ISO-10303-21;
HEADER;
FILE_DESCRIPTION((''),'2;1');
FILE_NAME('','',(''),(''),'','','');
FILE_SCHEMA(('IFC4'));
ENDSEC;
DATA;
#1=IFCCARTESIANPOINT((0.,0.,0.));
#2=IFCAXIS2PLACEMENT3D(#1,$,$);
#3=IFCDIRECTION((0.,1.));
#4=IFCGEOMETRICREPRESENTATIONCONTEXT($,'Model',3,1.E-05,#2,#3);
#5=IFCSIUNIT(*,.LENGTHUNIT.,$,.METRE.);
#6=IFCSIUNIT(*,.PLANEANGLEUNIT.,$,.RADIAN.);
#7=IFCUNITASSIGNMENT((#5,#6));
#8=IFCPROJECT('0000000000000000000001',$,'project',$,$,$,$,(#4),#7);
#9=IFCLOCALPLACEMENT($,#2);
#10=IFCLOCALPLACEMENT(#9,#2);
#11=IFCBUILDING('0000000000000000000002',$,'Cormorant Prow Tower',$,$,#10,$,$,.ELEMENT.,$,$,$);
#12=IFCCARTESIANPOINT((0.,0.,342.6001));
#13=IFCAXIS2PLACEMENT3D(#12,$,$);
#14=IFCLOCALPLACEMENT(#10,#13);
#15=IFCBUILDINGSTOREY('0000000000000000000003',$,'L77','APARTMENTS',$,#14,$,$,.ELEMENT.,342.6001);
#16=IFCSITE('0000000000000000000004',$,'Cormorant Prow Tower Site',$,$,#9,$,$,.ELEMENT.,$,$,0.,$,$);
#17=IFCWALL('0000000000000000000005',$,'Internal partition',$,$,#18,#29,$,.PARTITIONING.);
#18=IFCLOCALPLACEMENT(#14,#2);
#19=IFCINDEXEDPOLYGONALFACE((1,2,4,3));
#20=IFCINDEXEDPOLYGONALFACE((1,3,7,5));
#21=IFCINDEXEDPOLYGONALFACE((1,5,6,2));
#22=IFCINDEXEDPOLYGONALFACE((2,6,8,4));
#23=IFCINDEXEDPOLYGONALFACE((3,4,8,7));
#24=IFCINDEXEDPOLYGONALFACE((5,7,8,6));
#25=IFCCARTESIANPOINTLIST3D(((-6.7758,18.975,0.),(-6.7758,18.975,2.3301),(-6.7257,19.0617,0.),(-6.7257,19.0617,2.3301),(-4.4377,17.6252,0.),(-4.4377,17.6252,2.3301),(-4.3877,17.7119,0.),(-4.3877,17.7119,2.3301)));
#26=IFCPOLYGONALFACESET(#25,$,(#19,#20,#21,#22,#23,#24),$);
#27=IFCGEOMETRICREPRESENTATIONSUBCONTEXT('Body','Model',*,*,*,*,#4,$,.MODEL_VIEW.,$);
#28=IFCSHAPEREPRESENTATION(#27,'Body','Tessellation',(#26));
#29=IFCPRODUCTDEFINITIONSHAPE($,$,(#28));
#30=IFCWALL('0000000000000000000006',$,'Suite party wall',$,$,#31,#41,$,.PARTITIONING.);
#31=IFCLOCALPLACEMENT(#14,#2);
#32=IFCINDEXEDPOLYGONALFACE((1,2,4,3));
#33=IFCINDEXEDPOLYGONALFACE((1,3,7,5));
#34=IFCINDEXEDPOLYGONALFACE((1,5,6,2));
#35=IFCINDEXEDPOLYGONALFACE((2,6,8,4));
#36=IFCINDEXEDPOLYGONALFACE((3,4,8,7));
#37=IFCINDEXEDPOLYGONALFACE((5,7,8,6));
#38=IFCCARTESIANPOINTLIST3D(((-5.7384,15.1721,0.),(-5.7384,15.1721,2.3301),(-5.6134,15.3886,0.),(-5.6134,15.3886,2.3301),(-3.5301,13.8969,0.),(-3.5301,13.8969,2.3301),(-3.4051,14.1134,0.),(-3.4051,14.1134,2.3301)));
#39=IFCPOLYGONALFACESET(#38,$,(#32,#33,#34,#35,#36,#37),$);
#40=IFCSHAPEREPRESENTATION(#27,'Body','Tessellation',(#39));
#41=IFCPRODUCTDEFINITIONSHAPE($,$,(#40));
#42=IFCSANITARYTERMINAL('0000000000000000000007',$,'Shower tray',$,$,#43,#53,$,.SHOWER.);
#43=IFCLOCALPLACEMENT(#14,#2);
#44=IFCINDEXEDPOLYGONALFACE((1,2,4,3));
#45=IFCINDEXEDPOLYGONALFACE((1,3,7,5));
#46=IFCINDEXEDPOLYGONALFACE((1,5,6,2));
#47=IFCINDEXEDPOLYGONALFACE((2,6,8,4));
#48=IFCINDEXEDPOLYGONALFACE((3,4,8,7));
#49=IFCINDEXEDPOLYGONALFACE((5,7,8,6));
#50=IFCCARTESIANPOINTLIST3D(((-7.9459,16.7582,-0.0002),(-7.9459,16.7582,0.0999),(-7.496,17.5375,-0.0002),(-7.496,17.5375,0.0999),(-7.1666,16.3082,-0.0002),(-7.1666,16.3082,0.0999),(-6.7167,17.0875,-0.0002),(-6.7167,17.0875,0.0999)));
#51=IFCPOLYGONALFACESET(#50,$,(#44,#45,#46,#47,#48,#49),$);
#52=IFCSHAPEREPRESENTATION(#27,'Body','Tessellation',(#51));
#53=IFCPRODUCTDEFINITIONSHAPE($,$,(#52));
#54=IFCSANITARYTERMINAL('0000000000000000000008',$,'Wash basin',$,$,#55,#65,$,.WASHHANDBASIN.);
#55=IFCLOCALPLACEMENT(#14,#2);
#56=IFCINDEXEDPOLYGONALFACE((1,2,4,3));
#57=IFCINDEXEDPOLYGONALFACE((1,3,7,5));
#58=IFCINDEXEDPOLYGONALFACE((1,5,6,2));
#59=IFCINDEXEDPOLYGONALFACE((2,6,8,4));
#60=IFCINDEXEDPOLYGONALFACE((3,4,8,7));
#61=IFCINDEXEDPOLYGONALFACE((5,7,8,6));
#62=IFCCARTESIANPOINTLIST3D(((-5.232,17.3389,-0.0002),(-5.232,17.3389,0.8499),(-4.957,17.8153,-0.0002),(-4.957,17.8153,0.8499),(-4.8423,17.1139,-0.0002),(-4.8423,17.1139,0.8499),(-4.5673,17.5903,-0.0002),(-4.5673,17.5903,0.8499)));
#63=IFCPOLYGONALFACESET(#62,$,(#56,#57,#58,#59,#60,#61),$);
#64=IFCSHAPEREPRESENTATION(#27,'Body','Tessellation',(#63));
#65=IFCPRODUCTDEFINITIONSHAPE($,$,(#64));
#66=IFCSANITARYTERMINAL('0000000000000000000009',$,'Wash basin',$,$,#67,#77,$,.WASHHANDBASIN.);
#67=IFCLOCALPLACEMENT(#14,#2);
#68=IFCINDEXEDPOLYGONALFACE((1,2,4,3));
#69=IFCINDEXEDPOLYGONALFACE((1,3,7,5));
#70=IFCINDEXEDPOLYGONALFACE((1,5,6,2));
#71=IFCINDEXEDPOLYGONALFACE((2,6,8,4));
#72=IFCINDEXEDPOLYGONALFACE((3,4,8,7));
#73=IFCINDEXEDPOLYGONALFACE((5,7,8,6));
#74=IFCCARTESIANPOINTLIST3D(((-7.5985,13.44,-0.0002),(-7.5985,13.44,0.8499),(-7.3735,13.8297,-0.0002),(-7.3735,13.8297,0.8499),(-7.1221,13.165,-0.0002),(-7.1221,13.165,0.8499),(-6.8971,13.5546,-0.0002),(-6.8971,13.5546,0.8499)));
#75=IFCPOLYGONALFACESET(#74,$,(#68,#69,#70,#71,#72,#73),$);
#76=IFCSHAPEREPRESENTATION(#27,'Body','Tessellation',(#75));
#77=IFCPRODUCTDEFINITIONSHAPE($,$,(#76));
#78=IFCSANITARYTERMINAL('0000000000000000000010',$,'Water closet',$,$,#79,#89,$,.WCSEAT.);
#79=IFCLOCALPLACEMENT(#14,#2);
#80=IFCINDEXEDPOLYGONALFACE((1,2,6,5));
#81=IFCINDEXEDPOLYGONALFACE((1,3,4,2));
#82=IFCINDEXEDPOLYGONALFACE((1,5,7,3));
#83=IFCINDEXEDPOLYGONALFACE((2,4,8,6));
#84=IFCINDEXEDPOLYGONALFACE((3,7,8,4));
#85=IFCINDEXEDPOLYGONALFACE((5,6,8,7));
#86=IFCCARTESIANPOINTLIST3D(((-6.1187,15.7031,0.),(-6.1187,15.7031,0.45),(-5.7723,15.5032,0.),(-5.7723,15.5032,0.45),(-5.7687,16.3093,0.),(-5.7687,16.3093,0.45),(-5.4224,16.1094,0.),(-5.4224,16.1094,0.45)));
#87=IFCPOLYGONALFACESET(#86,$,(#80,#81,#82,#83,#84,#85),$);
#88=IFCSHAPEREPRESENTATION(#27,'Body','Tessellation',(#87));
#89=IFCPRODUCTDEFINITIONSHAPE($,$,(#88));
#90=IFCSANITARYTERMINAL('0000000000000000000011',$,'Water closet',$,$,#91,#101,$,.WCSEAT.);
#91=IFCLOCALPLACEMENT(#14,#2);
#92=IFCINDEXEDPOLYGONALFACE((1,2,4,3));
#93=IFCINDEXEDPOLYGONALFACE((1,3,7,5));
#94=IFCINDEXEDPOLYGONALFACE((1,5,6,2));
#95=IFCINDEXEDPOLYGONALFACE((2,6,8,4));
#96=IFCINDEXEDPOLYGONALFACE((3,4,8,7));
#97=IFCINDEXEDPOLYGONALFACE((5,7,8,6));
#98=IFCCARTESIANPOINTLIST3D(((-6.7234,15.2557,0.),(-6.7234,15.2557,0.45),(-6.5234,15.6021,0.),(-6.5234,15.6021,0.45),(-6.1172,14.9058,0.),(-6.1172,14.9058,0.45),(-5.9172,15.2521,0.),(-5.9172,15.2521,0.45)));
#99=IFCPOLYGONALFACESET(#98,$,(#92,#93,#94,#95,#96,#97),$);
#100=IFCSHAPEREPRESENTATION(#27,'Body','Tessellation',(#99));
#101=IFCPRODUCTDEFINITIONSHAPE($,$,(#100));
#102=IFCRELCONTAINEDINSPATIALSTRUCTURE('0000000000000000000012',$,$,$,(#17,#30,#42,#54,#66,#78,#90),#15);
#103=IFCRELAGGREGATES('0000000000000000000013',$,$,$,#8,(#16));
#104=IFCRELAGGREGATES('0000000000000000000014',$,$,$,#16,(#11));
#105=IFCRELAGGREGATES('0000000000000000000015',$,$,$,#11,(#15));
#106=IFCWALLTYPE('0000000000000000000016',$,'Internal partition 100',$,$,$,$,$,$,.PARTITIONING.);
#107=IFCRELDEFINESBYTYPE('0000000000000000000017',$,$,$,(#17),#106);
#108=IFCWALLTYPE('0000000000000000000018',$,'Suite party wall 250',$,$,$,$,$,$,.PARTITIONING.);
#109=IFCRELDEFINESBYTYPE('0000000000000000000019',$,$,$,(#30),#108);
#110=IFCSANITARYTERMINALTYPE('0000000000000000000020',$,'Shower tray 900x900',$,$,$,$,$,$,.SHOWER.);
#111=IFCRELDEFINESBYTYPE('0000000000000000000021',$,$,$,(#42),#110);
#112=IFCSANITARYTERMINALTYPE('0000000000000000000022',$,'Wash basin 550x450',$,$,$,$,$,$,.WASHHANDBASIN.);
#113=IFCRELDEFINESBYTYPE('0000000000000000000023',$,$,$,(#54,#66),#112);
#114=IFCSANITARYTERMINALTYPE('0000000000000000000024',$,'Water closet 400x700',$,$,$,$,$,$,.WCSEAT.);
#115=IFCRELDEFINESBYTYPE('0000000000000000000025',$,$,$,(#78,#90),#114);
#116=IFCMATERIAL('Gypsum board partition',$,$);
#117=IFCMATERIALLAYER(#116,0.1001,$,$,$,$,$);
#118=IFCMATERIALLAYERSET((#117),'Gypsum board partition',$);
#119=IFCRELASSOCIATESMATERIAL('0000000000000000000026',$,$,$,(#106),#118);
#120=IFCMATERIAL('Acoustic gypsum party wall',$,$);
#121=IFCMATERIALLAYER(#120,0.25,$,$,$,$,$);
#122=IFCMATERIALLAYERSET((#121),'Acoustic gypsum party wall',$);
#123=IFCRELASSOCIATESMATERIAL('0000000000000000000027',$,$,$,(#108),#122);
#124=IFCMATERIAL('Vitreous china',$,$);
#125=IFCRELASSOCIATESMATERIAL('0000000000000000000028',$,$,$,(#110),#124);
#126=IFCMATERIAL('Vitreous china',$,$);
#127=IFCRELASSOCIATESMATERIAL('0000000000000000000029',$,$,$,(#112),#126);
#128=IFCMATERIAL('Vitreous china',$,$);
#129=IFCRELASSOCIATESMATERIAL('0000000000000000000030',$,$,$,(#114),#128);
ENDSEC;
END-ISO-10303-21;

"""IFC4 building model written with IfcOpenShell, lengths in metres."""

from ifc_helpers import new_model, si_unit, direction, frame, frame_2d, origin, origin_2d, place, context, subcontext, project, spatial, rectangle, extrude, material, layer, layer_set, type_object, element, save


model = new_model("IFC4")

# Units and contexts
model_context = context("Model", 3, precision=1e-05, world=origin(), true_north=direction((0.0, 1.0)))
body_context = subcontext(model_context, "Body", "Model", "MODEL_VIEW")
ifc_project = project(units=[si_unit("LENGTHUNIT", "METRE"), si_unit("PLANEANGLEUNIT", "RADIAN")], contexts=[model_context])

# Site, building, storey
site_placement = place(None, origin())
site = spatial("IfcSite", under=ifc_project, at=site_placement, Name="Cormorant Prow Tower Site", CompositionType="ELEMENT", RefElevation=0.0)
building_placement = place(site_placement, origin())
building = spatial("IfcBuilding", under=site, at=building_placement, Name="Cormorant Prow Tower", CompositionType="ELEMENT")
storey_placement = place(building_placement, frame((0.0, 0.0, 342.6001)))
storey = spatial("IfcBuildingStorey", under=building, at=storey_placement, Name="L77", Description="APARTMENTS", CompositionType="ELEMENT", Elevation=342.6001)

# Walls
ifc_material_1 = material(Name="Gypsum board partition")
ifc_layer_1 = layer(ifc_material_1, 0.1001)
ifc_layer_set_1 = layer_set([ifc_layer_1], Name="Gypsum board partition")
wall_type_1 = type_object("IfcWallType", Name="Internal partition 100", PredefinedType="PARTITIONING", material=ifc_layer_set_1)
wall_1_placement = place(storey_placement, frame((-6.7507, 19.0183, 0.0), z_axis=(0.0, 0.0, 1.0), x_axis=(0.866037, -0.499981, 0.0)))
element("IfcWall", 1, at=wall_1_placement, inside=storey, type_object=wall_type_1, Name="Internal partition", PredefinedType="PARTITIONING", context=body_context, shape_type="SweptSolid", body=[
    extrude(rectangle(XDim=2.6997, YDim=0.1001, at=frame_2d((1.3499, 0.0))), origin(), (0.0, 0.0, 1.0), 2.3301),
])
ifc_material_2 = material(Name="Acoustic gypsum party wall")
ifc_layer_2 = layer(ifc_material_2, 0.25)
ifc_layer_set_2 = layer_set([ifc_layer_2], Name="Acoustic gypsum party wall")
wall_type_2 = type_object("IfcWallType", Name="Suite party wall 250", PredefinedType="PARTITIONING", material=ifc_layer_set_2)
wall_2_placement = place(storey_placement, frame((-5.6758, 15.2803, 0.0), z_axis=(0.0, 0.0, 1.0), x_axis=(0.865989, -0.500062, 0.0)))
element("IfcWall", 2, at=wall_2_placement, inside=storey, type_object=wall_type_2, Name="Suite party wall", PredefinedType="PARTITIONING", context=body_context, shape_type="SweptSolid", body=[
    extrude(rectangle(XDim=2.55, YDim=0.25, at=frame_2d((1.2749, 0.0))), origin(), (0.0, 0.0, 1.0), 2.3301),
])

# Sanitary terminals
ifc_material_3 = material(Name="Vitreous china")
sanitary_terminal_type_1 = type_object("IfcSanitaryTerminalType", Name="Shower tray 900x900", PredefinedType="SHOWER", material=ifc_material_3)
sanitary_terminal_placement = place(storey_placement, frame((-7.3313, 16.9229, -0.0002), z_axis=(0.0, 0.0, 1.0), x_axis=(0.5, 0.866025, 0.0)))
element("IfcSanitaryTerminal", 3, at=sanitary_terminal_placement, inside=storey, type_object=sanitary_terminal_type_1, Name="Shower tray", PredefinedType="SHOWER", context=body_context, shape_type="SweptSolid", body=[
    extrude(rectangle(XDim=0.8999, YDim=0.8999, at=origin_2d()), origin(), (0.0, 0.0, 1.0), 0.1001),
])
ifc_material_4 = material(Name="Vitreous china")
sanitary_terminal_type_2 = type_object("IfcSanitaryTerminalType", Name="Wash basin 550x450", PredefinedType="WASHHANDBASIN", material=ifc_material_4)
for number, where, z_axis, x_axis, name in (
    (4, (-4.8997, 17.4646, -0.0002), (0.0, 0.0, 1.0), (-0.5, -0.866025, 0.0), "Wash basin"),
    (5, (-7.2478, 13.4973, -0.0002), (0.0, 0.0, 1.0), (-0.866025, 0.5, 0.0), "Wash basin"),
):
    element("IfcSanitaryTerminal", number, at=place(storey_placement, frame(where, z_axis=z_axis, x_axis=x_axis)), inside=storey, type_object=sanitary_terminal_type_2, Name=name, PredefinedType="WASHHANDBASIN", context=body_context, shape_type="SweptSolid", body=[
        extrude(rectangle(XDim=0.55, YDim=0.45, at=origin_2d()), origin(), (0.0, 0.0, 1.0), 0.8501),
    ])
ifc_material_5 = material(Name="Vitreous china")
sanitary_terminal_type_3 = type_object("IfcSanitaryTerminalType", Name="Water closet 400x700", PredefinedType="WCSEAT", material=ifc_material_5)
for number, where, z_axis, x_axis, name in (
    (6, (-5.7705, 15.9062, 0.0), (0.0, 0.0, 1.0), (-0.866025, 0.5, 0.0), "Water closet"),
    (7, (-6.3203, 15.2539, 0.0), (0.0, 0.0, 1.0), (-0.5, -0.866025, 0.0), "Water closet"),
):
    element("IfcSanitaryTerminal", number, at=place(storey_placement, frame(where, z_axis=z_axis, x_axis=x_axis)), inside=storey, type_object=sanitary_terminal_type_3, Name=name, PredefinedType="WCSEAT", context=body_context, shape_type="SweptSolid", body=[
        extrude(rectangle(XDim=0.3999, YDim=0.7, at=origin_2d()), origin(), (0.0, 0.0, 1.0), 0.45),
    ])

save(model, "model.ifc")
